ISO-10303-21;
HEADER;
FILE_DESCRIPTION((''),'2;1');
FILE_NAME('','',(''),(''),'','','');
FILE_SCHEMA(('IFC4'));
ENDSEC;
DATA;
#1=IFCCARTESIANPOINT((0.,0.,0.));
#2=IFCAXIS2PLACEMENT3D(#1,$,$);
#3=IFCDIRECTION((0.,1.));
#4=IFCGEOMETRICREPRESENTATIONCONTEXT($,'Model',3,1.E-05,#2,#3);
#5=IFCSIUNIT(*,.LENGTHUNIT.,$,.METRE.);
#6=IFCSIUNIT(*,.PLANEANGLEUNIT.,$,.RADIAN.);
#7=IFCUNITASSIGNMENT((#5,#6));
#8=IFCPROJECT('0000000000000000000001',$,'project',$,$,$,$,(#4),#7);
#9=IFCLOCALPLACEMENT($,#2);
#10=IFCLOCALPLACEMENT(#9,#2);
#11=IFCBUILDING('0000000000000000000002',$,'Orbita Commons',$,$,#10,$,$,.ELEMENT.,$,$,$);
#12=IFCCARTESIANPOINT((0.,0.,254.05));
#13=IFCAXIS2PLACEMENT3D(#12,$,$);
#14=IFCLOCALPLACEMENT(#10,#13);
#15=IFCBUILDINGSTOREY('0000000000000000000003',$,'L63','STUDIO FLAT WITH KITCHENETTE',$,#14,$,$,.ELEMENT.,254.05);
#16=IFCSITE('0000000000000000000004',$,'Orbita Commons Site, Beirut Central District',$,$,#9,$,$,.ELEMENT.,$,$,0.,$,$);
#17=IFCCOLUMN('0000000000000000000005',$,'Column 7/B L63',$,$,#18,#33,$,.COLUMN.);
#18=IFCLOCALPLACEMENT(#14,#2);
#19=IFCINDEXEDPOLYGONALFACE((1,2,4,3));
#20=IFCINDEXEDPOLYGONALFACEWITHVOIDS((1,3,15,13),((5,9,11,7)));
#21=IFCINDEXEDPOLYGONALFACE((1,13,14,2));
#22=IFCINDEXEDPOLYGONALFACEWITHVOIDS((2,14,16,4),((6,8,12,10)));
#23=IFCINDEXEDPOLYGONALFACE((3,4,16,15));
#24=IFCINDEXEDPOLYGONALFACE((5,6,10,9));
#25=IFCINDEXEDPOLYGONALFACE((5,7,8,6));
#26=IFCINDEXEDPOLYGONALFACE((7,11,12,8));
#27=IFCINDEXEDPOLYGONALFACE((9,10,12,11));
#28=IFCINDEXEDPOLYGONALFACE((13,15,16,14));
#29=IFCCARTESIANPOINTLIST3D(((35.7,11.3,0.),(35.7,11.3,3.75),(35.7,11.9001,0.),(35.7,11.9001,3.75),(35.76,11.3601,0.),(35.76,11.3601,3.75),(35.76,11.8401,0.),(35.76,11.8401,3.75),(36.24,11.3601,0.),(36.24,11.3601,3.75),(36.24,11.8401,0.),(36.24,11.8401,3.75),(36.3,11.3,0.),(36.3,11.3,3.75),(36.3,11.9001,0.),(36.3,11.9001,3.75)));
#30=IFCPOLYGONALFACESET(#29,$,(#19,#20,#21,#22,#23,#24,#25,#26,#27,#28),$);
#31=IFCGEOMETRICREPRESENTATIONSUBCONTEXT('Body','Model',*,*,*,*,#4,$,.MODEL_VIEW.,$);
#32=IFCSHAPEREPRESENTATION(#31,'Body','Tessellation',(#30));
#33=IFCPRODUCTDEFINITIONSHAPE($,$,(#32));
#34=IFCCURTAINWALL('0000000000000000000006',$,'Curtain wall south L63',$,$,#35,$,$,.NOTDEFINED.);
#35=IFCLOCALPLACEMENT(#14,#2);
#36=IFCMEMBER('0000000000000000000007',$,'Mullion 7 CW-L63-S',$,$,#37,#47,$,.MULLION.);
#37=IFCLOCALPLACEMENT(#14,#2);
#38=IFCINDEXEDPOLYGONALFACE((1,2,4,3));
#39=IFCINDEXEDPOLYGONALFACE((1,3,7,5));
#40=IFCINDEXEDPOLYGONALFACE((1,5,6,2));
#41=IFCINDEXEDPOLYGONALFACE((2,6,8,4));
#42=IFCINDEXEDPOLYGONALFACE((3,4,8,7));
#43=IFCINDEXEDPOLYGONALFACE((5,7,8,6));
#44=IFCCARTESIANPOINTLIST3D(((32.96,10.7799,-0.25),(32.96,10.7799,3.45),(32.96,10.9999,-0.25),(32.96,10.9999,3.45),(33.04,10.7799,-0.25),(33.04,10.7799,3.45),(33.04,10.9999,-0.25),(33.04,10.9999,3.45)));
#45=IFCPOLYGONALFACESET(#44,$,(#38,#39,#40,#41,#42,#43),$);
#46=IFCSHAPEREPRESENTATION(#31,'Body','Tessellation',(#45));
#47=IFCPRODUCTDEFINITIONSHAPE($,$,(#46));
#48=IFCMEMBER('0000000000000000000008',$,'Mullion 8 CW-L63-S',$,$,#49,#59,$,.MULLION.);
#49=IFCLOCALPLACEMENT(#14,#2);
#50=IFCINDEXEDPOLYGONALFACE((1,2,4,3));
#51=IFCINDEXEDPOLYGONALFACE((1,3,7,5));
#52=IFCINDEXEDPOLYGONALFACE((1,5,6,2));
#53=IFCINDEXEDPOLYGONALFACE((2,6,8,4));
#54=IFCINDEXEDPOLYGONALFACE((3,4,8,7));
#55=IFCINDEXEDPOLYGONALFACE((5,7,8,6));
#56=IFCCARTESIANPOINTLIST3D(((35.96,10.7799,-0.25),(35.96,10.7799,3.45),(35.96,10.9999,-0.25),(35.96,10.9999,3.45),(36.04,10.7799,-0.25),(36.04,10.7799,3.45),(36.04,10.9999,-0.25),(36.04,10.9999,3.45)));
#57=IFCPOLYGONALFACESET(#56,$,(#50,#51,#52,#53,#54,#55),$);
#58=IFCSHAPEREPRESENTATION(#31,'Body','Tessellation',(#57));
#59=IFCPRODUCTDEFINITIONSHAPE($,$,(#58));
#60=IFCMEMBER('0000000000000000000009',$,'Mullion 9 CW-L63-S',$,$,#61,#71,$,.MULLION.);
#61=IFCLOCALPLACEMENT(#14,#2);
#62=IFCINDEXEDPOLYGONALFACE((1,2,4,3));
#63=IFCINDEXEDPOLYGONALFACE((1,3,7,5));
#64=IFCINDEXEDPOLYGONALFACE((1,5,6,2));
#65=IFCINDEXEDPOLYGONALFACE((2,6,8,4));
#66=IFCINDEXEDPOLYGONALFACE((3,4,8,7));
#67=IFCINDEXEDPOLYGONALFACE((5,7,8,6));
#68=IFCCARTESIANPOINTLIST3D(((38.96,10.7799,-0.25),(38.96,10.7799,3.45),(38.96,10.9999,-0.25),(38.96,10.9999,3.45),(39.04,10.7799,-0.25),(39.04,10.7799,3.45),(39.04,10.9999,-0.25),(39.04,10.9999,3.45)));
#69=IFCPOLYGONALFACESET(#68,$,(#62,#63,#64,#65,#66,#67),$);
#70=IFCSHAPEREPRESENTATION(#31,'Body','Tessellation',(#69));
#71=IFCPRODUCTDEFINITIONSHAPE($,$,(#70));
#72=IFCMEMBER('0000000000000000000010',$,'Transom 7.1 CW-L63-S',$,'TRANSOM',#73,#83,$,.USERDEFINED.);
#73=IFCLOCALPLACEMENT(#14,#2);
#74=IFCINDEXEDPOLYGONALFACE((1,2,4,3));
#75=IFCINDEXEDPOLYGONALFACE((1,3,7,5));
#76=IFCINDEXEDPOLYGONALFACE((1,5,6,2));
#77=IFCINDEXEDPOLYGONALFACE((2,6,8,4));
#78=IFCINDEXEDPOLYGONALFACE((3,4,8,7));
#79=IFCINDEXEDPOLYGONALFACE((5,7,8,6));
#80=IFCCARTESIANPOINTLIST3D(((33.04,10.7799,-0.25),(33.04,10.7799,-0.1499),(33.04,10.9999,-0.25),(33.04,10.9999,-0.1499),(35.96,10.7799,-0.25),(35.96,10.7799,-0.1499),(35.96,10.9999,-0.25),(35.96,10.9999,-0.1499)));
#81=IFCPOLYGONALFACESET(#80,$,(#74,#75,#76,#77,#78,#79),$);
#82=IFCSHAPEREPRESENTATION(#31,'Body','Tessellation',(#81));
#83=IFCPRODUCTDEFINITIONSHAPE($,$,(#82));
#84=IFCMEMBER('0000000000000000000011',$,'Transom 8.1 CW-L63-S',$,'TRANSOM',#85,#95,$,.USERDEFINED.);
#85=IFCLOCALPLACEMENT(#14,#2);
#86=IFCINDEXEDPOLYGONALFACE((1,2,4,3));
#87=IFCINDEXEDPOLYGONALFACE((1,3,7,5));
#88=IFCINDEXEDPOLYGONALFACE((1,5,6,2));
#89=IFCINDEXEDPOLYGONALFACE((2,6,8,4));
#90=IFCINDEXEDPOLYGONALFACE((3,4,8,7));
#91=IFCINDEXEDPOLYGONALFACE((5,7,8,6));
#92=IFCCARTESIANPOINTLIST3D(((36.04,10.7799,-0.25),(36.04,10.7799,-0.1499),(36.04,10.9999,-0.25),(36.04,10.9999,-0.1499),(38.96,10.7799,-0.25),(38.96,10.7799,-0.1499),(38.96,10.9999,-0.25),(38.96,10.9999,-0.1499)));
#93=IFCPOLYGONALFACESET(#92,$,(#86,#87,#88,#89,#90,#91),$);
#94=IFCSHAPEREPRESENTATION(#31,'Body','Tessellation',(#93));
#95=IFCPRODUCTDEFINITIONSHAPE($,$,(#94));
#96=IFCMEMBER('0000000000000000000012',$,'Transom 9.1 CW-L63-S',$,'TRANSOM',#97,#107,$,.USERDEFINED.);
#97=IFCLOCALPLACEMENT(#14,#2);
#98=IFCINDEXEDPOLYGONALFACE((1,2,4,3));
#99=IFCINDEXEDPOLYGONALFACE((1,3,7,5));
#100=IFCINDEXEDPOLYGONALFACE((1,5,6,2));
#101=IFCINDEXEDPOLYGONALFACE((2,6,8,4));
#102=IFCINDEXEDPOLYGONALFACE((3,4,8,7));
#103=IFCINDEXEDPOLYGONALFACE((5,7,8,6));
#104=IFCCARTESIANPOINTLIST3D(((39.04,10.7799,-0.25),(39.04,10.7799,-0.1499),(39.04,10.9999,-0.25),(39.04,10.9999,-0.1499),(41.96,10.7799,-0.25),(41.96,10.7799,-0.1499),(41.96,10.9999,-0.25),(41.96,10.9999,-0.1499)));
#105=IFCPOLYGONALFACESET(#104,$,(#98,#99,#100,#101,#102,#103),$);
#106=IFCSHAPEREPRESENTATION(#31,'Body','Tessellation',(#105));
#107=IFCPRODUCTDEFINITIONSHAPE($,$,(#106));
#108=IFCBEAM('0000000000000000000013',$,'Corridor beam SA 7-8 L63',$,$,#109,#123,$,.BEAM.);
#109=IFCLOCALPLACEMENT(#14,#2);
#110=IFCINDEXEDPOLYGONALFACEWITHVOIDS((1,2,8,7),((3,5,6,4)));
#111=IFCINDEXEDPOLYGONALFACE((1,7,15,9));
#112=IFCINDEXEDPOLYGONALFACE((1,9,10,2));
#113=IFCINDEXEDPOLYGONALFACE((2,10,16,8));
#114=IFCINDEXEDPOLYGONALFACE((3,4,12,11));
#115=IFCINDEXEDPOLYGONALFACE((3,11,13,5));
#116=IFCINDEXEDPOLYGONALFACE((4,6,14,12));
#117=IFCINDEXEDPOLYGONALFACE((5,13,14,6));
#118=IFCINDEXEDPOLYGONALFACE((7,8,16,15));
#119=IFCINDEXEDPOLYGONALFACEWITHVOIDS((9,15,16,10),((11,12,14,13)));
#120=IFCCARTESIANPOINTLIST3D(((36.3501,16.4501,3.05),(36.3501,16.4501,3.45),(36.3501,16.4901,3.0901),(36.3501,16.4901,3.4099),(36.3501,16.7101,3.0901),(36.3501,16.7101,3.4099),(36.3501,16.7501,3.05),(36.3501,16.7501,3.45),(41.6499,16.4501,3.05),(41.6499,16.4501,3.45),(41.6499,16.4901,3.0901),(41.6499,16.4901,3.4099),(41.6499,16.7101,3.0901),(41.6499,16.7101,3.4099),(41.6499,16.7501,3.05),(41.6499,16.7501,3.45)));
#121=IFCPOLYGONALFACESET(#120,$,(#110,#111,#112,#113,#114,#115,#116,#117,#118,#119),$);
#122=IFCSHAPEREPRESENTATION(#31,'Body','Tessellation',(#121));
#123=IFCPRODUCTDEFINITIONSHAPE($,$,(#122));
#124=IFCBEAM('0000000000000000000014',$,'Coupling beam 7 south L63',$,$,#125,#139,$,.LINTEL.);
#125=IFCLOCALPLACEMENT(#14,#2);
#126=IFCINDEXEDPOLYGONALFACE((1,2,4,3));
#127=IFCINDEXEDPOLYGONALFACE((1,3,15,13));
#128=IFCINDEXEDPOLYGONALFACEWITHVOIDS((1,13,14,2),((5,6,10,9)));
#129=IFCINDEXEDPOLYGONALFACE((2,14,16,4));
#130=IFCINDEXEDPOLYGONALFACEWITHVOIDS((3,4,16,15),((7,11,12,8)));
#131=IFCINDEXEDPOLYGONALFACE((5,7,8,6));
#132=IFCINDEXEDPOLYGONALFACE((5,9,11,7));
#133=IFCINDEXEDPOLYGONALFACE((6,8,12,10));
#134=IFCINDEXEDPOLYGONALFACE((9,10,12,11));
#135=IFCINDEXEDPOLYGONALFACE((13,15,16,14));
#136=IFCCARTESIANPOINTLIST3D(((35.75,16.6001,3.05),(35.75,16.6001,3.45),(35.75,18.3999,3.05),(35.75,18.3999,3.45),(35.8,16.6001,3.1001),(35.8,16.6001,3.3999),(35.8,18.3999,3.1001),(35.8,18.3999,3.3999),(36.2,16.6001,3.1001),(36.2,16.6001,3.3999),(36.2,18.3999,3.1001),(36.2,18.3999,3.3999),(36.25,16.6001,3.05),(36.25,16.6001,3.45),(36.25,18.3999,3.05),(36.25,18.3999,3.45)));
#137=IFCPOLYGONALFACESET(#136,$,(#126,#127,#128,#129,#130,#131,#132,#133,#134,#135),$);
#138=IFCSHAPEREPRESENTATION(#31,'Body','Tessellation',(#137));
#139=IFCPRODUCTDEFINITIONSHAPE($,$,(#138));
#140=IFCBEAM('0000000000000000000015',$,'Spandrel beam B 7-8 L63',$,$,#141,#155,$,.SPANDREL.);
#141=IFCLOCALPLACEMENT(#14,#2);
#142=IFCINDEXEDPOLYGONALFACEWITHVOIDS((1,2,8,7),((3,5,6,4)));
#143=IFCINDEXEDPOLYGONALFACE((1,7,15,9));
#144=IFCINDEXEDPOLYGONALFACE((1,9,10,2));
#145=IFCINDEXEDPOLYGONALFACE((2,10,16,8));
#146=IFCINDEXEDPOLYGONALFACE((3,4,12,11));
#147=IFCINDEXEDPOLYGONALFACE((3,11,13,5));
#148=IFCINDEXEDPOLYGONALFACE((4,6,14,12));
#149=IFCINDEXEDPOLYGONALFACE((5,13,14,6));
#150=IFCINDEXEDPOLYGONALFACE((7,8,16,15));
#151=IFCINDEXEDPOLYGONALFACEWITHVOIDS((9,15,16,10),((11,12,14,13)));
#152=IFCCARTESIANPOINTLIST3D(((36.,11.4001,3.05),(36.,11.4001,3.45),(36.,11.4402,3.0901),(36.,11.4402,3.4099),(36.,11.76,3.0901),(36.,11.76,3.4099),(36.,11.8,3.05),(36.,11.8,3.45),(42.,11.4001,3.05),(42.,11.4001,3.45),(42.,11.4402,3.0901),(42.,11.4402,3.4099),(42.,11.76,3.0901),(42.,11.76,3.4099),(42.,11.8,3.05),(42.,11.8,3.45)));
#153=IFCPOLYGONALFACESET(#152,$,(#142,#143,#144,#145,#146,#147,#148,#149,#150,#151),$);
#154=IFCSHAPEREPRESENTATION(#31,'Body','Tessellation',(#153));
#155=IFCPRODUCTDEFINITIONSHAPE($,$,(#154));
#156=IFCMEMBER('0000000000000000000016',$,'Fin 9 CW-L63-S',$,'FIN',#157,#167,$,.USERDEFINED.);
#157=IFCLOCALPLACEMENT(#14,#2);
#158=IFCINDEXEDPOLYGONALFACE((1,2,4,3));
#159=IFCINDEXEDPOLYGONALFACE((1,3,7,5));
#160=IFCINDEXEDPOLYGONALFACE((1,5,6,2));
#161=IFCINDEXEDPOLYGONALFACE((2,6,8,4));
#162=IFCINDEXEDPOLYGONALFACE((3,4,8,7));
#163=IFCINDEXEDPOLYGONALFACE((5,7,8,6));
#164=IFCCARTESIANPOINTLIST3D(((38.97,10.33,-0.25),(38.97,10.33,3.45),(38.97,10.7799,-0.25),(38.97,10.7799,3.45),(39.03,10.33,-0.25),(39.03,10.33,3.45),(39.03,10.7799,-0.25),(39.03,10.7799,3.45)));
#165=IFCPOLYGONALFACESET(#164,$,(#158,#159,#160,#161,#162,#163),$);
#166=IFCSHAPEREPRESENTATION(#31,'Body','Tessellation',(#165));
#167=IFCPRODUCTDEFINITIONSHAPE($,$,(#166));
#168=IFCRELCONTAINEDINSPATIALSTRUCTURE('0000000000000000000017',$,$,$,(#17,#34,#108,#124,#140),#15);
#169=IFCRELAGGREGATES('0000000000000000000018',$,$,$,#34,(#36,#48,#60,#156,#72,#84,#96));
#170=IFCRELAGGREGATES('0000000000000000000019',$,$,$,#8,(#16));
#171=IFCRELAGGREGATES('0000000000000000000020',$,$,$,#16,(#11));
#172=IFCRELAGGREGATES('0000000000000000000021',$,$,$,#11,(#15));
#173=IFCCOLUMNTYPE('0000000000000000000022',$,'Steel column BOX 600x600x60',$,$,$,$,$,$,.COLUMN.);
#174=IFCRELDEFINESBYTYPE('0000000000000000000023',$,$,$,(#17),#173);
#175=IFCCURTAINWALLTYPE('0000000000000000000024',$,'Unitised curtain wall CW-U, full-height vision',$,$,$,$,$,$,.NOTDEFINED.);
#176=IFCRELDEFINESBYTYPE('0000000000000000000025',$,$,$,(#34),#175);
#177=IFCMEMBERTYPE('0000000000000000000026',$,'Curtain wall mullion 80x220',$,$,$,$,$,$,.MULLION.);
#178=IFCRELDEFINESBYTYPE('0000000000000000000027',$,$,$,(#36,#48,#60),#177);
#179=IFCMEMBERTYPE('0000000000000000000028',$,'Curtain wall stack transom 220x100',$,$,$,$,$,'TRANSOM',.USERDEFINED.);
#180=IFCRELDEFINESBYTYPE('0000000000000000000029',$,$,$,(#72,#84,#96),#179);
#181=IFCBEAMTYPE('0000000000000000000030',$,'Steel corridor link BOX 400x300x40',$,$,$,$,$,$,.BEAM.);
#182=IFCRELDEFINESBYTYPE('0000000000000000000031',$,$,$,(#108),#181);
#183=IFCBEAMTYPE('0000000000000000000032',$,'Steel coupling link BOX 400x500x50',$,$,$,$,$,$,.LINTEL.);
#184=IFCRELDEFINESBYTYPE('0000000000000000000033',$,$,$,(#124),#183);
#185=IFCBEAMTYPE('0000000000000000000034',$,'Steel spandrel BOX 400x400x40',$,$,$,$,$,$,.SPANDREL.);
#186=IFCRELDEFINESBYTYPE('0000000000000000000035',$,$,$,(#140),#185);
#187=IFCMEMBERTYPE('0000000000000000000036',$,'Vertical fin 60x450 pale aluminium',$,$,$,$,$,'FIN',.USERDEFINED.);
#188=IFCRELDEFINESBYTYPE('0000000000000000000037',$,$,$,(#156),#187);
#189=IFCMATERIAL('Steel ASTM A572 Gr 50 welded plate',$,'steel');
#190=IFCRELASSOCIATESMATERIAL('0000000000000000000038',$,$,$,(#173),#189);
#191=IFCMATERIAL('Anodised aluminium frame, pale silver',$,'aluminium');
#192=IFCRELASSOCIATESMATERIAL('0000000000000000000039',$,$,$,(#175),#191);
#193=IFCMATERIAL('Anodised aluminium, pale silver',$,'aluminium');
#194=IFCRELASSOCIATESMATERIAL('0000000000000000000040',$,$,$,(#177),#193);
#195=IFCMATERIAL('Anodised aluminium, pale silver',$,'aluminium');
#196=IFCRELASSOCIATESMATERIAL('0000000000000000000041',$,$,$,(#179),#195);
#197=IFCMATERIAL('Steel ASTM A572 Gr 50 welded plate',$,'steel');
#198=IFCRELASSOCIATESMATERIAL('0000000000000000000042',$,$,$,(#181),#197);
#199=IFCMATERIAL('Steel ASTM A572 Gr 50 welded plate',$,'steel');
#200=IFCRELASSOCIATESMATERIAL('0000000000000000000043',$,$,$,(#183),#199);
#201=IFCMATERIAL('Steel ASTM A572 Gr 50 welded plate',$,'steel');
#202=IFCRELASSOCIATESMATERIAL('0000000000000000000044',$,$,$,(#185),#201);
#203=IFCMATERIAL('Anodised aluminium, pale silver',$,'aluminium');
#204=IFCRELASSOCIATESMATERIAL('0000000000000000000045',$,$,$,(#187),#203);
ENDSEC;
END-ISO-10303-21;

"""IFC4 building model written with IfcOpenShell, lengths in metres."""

from ifc_helpers import new_model, si_unit, direction, frame, origin, origin_2d, place, context, subcontext, project, spatial, rectangle, hollow_rectangle, extrude, material, material_profile, profile_set, type_object, element, aggregate, save


model = new_model("IFC4")

# Units and contexts
model_context = context("Model", 3, precision=1e-05, world=origin(), true_north=direction((0.0, 1.0)))
body_context = subcontext(model_context, "Body", "Model", "MODEL_VIEW")
ifc_project = project(units=[si_unit("LENGTHUNIT", "METRE"), si_unit("PLANEANGLEUNIT", "RADIAN")], contexts=[model_context])

# Site, building, storey
site_placement = place(None, origin())
site = spatial("IfcSite", under=ifc_project, at=site_placement, Name="Orbita Commons Site, Beirut Central District", CompositionType="ELEMENT", RefElevation=0.0)
building_placement = place(site_placement, origin())
building = spatial("IfcBuilding", under=site, at=building_placement, Name="Orbita Commons", CompositionType="ELEMENT")
storey_placement = place(building_placement, frame((0.0, 0.0, 254.05)))
storey = spatial("IfcBuildingStorey", under=building, at=storey_placement, Name="L63", Description="STUDIO FLAT WITH KITCHENETTE", CompositionType="ELEMENT", Elevation=254.05)

# Column
ifc_material_1 = material(Name="Steel ASTM A572 Gr 50 welded plate", Category="steel")
ifc_material_profile_1 = material_profile(ifc_material_1, hollow_rectangle(XDim=0.6001, YDim=0.6001, WallThickness=0.0601, at=origin_2d()), Name="BOX 600x600x60")
ifc_profile_set_1 = profile_set([ifc_material_profile_1], Name="Steel ASTM A572 Gr 50 welded plate")
column_type = type_object("IfcColumnType", Name="Steel column BOX 600x600x60", PredefinedType="COLUMN", material=ifc_profile_set_1)
column_placement = place(storey_placement, frame((36.0, 11.6001, 0.0), z_axis=(0.0, 0.0, 1.0), x_axis=(1.0, 0.0, 0.0)))
element("IfcColumn", 1, at=column_placement, inside=storey, type_object=column_type, Name="Column 7/B L63", PredefinedType="COLUMN", context=body_context, shape_type="SweptSolid", body=[
    extrude(hollow_rectangle(XDim=0.6001, YDim=0.6001, WallThickness=0.0601, at=origin_2d()), origin(), (0.0, 0.0, 1.0), 3.75),
])

# Curtain wall, members
ifc_material_2 = material(Name="Anodised aluminium frame, pale silver", Category="aluminium")
curtain_wall_type = type_object("IfcCurtainWallType", Name="Unitised curtain wall CW-U, full-height vision", PredefinedType="NOTDEFINED", material=ifc_material_2)
curtain_wall_placement = place(storey_placement, origin())
curtain_wall = element("IfcCurtainWall", 2, at=curtain_wall_placement, inside=storey, type_object=curtain_wall_type, Name="Curtain wall south L63", PredefinedType="NOTDEFINED")
ifc_material_3 = material(Name="Anodised aluminium, pale silver", Category="aluminium")
ifc_material_profile_2 = material_profile(ifc_material_3, rectangle(XDim=0.0801, YDim=0.22, at=origin_2d()), Name="AL 80x220")
ifc_profile_set_2 = profile_set([ifc_material_profile_2], Name="Anodised aluminium, pale silver")
member_type_1 = type_object("IfcMemberType", Name="Curtain wall mullion 80x220", PredefinedType="MULLION", material=ifc_profile_set_2)
member_1_placement = place(storey_placement, frame((33.0, 10.8899, -0.25), z_axis=(0.0, 0.0, 1.0), x_axis=(1.0, 0.0, 0.0)))
member_1 = element("IfcMember", 3, at=member_1_placement, type_object=member_type_1, Name="Mullion 7 CW-L63-S", PredefinedType="MULLION", context=body_context, shape_type="SweptSolid", body=[
    extrude(rectangle(XDim=0.0801, YDim=0.22, at=origin_2d()), origin(), (0.0, 0.0, 1.0), 3.7),
])
member_2_placement = place(storey_placement, frame((36.0, 10.8899, -0.25), z_axis=(0.0, 0.0, 1.0), x_axis=(1.0, 0.0, 0.0)))
member_2 = element("IfcMember", 4, at=member_2_placement, type_object=member_type_1, Name="Mullion 8 CW-L63-S", PredefinedType="MULLION", context=body_context, shape_type="SweptSolid", body=[
    extrude(rectangle(XDim=0.0801, YDim=0.22, at=origin_2d()), origin(), (0.0, 0.0, 1.0), 3.7),
])
member_3_placement = place(storey_placement, frame((39.0, 10.8899, -0.25), z_axis=(0.0, 0.0, 1.0), x_axis=(1.0, 0.0, 0.0)))
member_3 = element("IfcMember", 5, at=member_3_placement, type_object=member_type_1, Name="Mullion 9 CW-L63-S", PredefinedType="MULLION", context=body_context, shape_type="SweptSolid", body=[
    extrude(rectangle(XDim=0.0801, YDim=0.22, at=origin_2d()), origin(), (0.0, 0.0, 1.0), 3.7),
])
ifc_material_4 = material(Name="Anodised aluminium, pale silver", Category="aluminium")
ifc_material_profile_3 = material_profile(ifc_material_4, rectangle(XDim=0.22, YDim=0.1001, at=origin_2d()), Name="AL 220x100")
ifc_profile_set_3 = profile_set([ifc_material_profile_3], Name="Anodised aluminium, pale silver")
member_type_2 = type_object("IfcMemberType", Name="Curtain wall stack transom 220x100", ElementType="TRANSOM", PredefinedType="USERDEFINED", material=ifc_profile_set_3)
member_4_placement = place(storey_placement, frame((33.04, 10.8899, -0.2), z_axis=(1.0, 0.0, 0.0), x_axis=(0.0, 1.0, 0.0)))
member_4 = element("IfcMember", 6, at=member_4_placement, type_object=member_type_2, Name="Transom 7.1 CW-L63-S", ObjectType="TRANSOM", PredefinedType="USERDEFINED", context=body_context, shape_type="SweptSolid", body=[
    extrude(rectangle(XDim=0.22, YDim=0.1001, at=origin_2d()), origin(), (0.0, 0.0, 1.0), 2.9199),
])
member_5_placement = place(storey_placement, frame((36.04, 10.8899, -0.2), z_axis=(1.0, 0.0, 0.0), x_axis=(0.0, 1.0, 0.0)))
member_5 = element("IfcMember", 7, at=member_5_placement, type_object=member_type_2, Name="Transom 8.1 CW-L63-S", ObjectType="TRANSOM", PredefinedType="USERDEFINED", context=body_context, shape_type="SweptSolid", body=[
    extrude(rectangle(XDim=0.22, YDim=0.1001, at=origin_2d()), origin(), (0.0, 0.0, 1.0), 2.9199),
])
member_6_placement = place(storey_placement, frame((39.04, 10.8899, -0.2), z_axis=(1.0, 0.0, 0.0), x_axis=(0.0, 1.0, 0.0)))
member_6 = element("IfcMember", 8, at=member_6_placement, type_object=member_type_2, Name="Transom 9.1 CW-L63-S", ObjectType="TRANSOM", PredefinedType="USERDEFINED", context=body_context, shape_type="SweptSolid", body=[
    extrude(rectangle(XDim=0.22, YDim=0.1001, at=origin_2d()), origin(), (0.0, 0.0, 1.0), 2.9199),
])

# Beams
ifc_material_5 = material(Name="Steel ASTM A572 Gr 50 welded plate", Category="steel")
ifc_material_profile_4 = material_profile(ifc_material_5, hollow_rectangle(XDim=0.3, YDim=0.3999, WallThickness=0.04, at=origin_2d()), Name="BOX 400x300x40")
ifc_profile_set_4 = profile_set([ifc_material_profile_4], Name="Steel ASTM A572 Gr 50 welded plate")
beam_type_1 = type_object("IfcBeamType", Name="Steel corridor link BOX 400x300x40", PredefinedType="BEAM", material=ifc_profile_set_4)
beam_1_placement = place(storey_placement, frame((36.3501, 16.6001, 3.25), z_axis=(1.0, 0.0, 0.0), x_axis=(0.0, 1.0, 0.0)))
element("IfcBeam", 9, at=beam_1_placement, inside=storey, type_object=beam_type_1, Name="Corridor beam SA 7-8 L63", PredefinedType="BEAM", context=body_context, shape_type="SweptSolid", body=[
    extrude(hollow_rectangle(XDim=0.3, YDim=0.3999, WallThickness=0.04, at=origin_2d()), origin(), (0.0, 0.0, 1.0), 5.2998),
])
ifc_material_6 = material(Name="Steel ASTM A572 Gr 50 welded plate", Category="steel")
ifc_material_profile_5 = material_profile(ifc_material_6, hollow_rectangle(XDim=0.5, YDim=0.3999, WallThickness=0.05, at=origin_2d()), Name="BOX 400x500x50")
ifc_profile_set_5 = profile_set([ifc_material_profile_5], Name="Steel ASTM A572 Gr 50 welded plate")
beam_type_2 = type_object("IfcBeamType", Name="Steel coupling link BOX 400x500x50", PredefinedType="LINTEL", material=ifc_profile_set_5)
beam_2_placement = place(storey_placement, frame((36.0, 16.6001, 3.25), z_axis=(0.0, 1.0, 0.0), x_axis=(-1.0, 0.0, 0.0)))
element("IfcBeam", 10, at=beam_2_placement, inside=storey, type_object=beam_type_2, Name="Coupling beam 7 south L63", PredefinedType="LINTEL", context=body_context, shape_type="SweptSolid", body=[
    extrude(hollow_rectangle(XDim=0.5, YDim=0.3999, WallThickness=0.05, at=origin_2d()), origin(), (0.0, 0.0, 1.0), 1.7998),
])
ifc_material_7 = material(Name="Steel ASTM A572 Gr 50 welded plate", Category="steel")
ifc_material_profile_6 = material_profile(ifc_material_7, hollow_rectangle(XDim=0.3999, YDim=0.3999, WallThickness=0.04, at=origin_2d()), Name="BOX 400x400x40")
ifc_profile_set_6 = profile_set([ifc_material_profile_6], Name="Steel ASTM A572 Gr 50 welded plate")
beam_type_3 = type_object("IfcBeamType", Name="Steel spandrel BOX 400x400x40", PredefinedType="SPANDREL", material=ifc_profile_set_6)
beam_3_placement = place(storey_placement, frame((36.0, 11.6001, 3.25), z_axis=(1.0, 0.0, 0.0), x_axis=(0.0, 1.0, 0.0)))
element("IfcBeam", 11, at=beam_3_placement, inside=storey, type_object=beam_type_3, Name="Spandrel beam B 7-8 L63", PredefinedType="SPANDREL", context=body_context, shape_type="SweptSolid", body=[
    extrude(hollow_rectangle(XDim=0.3999, YDim=0.3999, WallThickness=0.04, at=origin_2d()), origin(), (0.0, 0.0, 1.0), 6.0),
])

# Member
ifc_material_8 = material(Name="Anodised aluminium, pale silver", Category="aluminium")
ifc_material_profile_7 = material_profile(ifc_material_8, rectangle(XDim=0.0601, YDim=0.45, at=origin_2d()), Name="FIN 60x450")
ifc_profile_set_7 = profile_set([ifc_material_profile_7], Name="Anodised aluminium, pale silver")
member_type_3 = type_object("IfcMemberType", Name="Vertical fin 60x450 pale aluminium", ElementType="FIN", PredefinedType="USERDEFINED", material=ifc_profile_set_7)
member_7_placement = place(storey_placement, frame((39.0, 10.5549, -0.25), z_axis=(0.0, 0.0, 1.0), x_axis=(1.0, 0.0, 0.0)))
member_7 = element("IfcMember", 12, at=member_7_placement, type_object=member_type_3, Name="Fin 9 CW-L63-S", ObjectType="FIN", PredefinedType="USERDEFINED", context=body_context, shape_type="SweptSolid", body=[
    extrude(rectangle(XDim=0.0601, YDim=0.45, at=origin_2d()), origin(), (0.0, 0.0, 1.0), 3.7),
])

aggregate(curtain_wall, [member_1, member_2, member_3, member_7, member_4, member_5, member_6])

save(model, "model.ifc")
